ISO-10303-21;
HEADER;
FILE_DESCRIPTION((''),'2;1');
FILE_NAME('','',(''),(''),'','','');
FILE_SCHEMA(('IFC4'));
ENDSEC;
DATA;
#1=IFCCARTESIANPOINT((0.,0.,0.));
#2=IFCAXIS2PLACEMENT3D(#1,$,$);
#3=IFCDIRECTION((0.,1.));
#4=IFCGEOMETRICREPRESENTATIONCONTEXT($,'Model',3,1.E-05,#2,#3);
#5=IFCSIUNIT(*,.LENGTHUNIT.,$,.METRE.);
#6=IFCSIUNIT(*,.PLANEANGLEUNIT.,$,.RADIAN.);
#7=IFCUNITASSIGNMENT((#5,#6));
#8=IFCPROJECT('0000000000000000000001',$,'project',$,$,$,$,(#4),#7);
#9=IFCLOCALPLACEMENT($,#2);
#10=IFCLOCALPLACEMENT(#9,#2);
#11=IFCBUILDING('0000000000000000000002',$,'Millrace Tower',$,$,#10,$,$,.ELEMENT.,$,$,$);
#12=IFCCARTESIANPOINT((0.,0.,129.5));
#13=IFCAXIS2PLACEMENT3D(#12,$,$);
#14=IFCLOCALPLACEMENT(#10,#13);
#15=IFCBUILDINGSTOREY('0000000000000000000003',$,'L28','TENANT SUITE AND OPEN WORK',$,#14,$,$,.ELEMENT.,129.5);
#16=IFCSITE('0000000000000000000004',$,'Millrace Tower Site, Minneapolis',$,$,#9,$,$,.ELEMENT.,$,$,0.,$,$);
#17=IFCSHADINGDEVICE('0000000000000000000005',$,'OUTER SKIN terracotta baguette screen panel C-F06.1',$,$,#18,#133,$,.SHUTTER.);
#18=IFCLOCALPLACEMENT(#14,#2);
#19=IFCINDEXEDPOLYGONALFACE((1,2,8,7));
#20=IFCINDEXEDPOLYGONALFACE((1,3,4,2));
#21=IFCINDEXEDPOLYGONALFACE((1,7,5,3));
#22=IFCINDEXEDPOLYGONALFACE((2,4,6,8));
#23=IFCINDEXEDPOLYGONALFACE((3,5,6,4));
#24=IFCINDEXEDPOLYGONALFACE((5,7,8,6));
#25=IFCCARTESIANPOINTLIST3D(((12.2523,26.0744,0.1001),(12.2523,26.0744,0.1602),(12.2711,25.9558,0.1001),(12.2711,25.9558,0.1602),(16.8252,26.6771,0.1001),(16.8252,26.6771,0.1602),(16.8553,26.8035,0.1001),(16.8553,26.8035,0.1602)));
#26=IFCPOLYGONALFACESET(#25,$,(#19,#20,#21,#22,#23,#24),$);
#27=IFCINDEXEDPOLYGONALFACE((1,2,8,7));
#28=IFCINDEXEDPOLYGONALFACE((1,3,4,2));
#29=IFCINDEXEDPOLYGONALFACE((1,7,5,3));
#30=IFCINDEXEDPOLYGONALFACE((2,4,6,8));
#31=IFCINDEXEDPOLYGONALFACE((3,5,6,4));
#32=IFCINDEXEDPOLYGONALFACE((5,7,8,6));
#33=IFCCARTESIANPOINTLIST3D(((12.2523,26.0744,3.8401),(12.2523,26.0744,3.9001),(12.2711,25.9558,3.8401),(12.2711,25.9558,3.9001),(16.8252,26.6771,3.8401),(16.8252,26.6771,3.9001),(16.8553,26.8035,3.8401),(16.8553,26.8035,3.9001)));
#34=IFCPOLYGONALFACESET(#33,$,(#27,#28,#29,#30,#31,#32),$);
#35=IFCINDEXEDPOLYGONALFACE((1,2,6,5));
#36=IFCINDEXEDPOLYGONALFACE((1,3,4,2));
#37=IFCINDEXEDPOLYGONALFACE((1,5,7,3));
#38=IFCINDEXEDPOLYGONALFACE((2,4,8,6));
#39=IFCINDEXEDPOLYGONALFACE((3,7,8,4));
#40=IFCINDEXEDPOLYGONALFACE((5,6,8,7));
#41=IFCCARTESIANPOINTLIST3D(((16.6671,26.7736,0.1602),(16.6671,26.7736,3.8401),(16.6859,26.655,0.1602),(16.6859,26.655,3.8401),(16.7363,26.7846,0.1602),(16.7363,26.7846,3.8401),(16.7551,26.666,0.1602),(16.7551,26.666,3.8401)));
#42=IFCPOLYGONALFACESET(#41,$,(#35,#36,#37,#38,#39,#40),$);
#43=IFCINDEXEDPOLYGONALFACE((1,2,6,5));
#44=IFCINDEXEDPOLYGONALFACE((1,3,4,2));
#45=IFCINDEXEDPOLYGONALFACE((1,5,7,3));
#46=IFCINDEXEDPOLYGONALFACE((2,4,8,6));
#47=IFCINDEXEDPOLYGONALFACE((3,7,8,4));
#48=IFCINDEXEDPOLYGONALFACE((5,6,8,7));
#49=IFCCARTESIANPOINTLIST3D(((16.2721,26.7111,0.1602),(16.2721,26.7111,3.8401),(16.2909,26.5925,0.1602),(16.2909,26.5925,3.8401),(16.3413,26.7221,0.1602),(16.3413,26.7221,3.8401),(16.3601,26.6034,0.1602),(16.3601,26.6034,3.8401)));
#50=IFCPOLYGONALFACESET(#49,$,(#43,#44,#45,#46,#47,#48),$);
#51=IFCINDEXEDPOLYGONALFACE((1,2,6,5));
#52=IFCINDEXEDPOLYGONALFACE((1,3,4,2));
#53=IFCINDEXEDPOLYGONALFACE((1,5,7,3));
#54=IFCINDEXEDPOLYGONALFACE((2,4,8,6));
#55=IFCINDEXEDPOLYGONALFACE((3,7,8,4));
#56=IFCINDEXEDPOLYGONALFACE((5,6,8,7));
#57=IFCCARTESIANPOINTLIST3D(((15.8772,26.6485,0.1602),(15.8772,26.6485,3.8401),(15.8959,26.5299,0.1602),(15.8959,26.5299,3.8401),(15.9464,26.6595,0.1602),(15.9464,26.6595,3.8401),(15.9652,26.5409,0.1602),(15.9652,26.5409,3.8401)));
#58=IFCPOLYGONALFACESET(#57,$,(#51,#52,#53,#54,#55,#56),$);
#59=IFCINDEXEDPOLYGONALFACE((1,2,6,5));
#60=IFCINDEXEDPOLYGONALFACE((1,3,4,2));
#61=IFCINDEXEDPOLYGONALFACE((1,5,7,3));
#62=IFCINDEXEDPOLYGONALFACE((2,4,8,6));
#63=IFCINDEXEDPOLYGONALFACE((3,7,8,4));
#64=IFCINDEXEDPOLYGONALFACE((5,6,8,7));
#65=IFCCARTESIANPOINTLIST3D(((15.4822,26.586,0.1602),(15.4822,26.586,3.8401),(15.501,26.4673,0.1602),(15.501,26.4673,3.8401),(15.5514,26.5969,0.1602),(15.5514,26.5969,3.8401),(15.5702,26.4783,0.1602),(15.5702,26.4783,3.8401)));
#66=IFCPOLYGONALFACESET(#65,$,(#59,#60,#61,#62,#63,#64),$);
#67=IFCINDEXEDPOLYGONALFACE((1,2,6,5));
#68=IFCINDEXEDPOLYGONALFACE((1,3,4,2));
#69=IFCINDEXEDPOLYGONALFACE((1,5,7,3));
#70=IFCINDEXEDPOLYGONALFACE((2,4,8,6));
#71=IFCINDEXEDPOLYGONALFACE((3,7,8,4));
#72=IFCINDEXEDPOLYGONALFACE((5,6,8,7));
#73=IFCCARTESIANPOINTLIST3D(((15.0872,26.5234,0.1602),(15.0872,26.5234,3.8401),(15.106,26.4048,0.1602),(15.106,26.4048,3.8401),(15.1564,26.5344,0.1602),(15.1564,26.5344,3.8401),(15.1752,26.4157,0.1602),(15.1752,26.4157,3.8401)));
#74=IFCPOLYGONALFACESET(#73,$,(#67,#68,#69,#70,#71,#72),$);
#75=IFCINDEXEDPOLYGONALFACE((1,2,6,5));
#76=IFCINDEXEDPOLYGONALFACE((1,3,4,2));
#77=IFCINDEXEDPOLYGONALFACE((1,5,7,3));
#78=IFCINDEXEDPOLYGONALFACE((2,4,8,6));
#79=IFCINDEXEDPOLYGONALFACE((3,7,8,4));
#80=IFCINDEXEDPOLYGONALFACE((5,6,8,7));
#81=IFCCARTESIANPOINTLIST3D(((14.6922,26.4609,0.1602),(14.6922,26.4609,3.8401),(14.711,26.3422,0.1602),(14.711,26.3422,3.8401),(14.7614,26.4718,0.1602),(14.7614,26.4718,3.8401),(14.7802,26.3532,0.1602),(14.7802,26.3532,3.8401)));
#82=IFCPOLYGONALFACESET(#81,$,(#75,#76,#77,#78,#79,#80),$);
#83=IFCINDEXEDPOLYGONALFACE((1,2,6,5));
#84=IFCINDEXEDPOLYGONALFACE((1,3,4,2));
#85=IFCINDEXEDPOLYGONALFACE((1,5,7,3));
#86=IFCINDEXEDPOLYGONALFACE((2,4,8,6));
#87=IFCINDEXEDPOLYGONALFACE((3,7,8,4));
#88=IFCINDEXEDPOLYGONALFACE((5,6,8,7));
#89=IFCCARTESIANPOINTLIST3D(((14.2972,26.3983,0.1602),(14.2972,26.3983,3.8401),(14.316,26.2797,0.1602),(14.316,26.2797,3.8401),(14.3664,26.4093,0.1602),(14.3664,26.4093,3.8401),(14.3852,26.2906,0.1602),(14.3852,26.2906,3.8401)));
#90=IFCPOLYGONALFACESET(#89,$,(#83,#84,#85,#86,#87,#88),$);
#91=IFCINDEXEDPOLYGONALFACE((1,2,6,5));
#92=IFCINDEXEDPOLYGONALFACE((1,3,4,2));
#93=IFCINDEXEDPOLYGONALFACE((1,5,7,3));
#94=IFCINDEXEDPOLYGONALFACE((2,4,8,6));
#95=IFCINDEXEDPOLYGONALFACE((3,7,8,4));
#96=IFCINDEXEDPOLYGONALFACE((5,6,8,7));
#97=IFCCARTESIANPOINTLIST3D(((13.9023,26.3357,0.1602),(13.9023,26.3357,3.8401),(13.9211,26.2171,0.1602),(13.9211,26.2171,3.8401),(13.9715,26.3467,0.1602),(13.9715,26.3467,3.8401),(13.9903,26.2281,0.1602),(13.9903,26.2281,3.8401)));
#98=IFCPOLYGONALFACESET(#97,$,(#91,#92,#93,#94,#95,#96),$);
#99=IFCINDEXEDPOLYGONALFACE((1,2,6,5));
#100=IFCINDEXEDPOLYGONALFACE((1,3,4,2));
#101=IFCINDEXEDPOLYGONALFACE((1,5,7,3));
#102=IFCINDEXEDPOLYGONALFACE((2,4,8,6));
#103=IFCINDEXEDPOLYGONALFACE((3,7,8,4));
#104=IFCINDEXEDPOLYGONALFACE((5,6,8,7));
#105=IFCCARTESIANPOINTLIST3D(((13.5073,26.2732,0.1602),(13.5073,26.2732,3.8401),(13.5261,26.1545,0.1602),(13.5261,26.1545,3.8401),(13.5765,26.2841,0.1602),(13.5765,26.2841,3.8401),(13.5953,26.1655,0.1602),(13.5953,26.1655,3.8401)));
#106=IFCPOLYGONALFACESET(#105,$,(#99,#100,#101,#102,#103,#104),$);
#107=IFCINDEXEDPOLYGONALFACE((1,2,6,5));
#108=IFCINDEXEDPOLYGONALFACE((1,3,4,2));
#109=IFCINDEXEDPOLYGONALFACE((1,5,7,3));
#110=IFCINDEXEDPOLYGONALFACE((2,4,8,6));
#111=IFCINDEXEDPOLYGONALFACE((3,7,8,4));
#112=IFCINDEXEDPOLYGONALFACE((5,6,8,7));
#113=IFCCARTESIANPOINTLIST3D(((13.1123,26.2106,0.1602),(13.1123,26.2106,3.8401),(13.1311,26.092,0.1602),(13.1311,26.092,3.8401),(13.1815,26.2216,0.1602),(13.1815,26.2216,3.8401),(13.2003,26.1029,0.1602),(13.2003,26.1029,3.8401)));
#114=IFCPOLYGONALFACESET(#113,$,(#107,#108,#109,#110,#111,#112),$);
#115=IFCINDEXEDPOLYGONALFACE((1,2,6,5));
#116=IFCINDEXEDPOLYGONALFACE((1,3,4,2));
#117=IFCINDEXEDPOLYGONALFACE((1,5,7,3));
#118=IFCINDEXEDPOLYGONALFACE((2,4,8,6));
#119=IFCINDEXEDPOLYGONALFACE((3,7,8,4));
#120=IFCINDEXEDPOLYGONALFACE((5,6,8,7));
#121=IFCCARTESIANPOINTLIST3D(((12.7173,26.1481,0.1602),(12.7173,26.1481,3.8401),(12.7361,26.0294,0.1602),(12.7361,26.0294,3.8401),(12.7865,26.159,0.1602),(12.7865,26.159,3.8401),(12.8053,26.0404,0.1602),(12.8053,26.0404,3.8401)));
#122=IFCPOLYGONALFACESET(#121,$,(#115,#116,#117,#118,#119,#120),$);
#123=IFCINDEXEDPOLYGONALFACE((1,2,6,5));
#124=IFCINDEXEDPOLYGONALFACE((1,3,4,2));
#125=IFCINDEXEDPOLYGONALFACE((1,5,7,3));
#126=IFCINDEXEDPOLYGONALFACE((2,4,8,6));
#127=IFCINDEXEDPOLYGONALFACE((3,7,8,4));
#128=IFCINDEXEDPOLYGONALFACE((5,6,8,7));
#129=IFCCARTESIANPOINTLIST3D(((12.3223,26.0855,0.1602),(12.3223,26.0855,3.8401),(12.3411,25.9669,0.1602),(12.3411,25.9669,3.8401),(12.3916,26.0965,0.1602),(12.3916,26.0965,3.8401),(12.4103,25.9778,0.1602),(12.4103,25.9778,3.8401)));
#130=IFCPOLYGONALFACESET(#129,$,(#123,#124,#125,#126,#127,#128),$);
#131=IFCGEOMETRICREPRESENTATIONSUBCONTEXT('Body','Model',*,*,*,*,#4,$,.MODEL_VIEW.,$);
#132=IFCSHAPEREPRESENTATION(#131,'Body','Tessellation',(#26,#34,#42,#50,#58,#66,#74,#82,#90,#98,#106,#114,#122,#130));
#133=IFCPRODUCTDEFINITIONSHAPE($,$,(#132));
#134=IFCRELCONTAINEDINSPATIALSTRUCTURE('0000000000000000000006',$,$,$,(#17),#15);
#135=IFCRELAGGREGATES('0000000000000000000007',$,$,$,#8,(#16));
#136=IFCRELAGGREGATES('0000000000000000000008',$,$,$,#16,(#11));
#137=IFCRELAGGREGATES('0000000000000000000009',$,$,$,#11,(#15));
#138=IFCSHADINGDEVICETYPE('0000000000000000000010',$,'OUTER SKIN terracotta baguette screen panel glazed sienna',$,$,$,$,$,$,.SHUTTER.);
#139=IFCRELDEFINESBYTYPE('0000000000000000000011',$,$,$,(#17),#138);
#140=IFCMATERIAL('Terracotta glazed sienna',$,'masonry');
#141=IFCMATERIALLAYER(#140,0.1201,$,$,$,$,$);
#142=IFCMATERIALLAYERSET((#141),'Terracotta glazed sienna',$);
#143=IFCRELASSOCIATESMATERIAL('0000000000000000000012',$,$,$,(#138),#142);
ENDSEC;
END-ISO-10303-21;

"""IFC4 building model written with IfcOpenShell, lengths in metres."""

from ifc_helpers import new_model, entity, si_unit, direction, frame, frame_2d, origin, place, context, subcontext, project, spatial, rectangle, extrude, source, transform, mapped, material, layer, layer_set, type_object, element, save


model = new_model("IFC4")

# Units and contexts
model_context = context("Model", 3, precision=1e-05, world=origin(), true_north=direction((0.0, 1.0)))
body_context = subcontext(model_context, "Body", "Model", "MODEL_VIEW")
ifc_project = project(units=[si_unit("LENGTHUNIT", "METRE"), si_unit("PLANEANGLEUNIT", "RADIAN")], contexts=[model_context])

# Site, building, storey
site_placement = place(None, origin())
site = spatial("IfcSite", under=ifc_project, at=site_placement, Name="Millrace Tower Site, Minneapolis", CompositionType="ELEMENT", RefElevation=0.0)
building_placement = place(site_placement, origin())
building = spatial("IfcBuilding", under=site, at=building_placement, Name="Millrace Tower", CompositionType="ELEMENT")
storey_placement = place(building_placement, frame((0.0, 0.0, 129.5)))
storey = spatial("IfcBuildingStorey", under=building, at=storey_placement, Name="L28", Description="TENANT SUITE AND OPEN WORK", CompositionType="ELEMENT", Elevation=129.5)

# Shading device
ifc_material_1 = material(Name="Terracotta glazed sienna", Category="masonry")
ifc_layer_1 = layer(ifc_material_1, 0.1201)
ifc_layer_set_1 = layer_set([ifc_layer_1], Name="Terracotta glazed sienna")
shading_device_type = type_object("IfcShadingDeviceType", Name="OUTER SKIN terracotta baguette screen panel glazed sienna", PredefinedType="SHUTTER", material=ifc_layer_set_1)
cartesian_point_1 = entity("IfcCartesianPoint", [-2.293, 0.0601])
shared_polyline_1 = entity("IfcPolyline", [cartesian_point_1, entity("IfcCartesianPoint", [2.3179, 0.0601]), entity("IfcCartesianPoint", [2.3179, -0.0601]), entity("IfcCartesianPoint", [-2.3425, -0.0601]), cartesian_point_1])
shared_shape_1 = source(origin(), body_context, "Body", "SweptSolid", [
    entity("IfcExtrudedAreaSolid", entity("IfcArbitraryClosedProfileDef", "AREA", None, shared_polyline_1), entity("IfcAxis2Placement3D", entity("IfcCartesianPoint", [0.0, 0.0, 0.0])), entity("IfcDirection", [0.0, 0.0, 1.0]), 0.0601),
    entity("IfcExtrudedAreaSolid", entity("IfcArbitraryClosedProfileDef", "AREA", None, shared_polyline_1), entity("IfcAxis2Placement3D", entity("IfcCartesianPoint", [0.0, 0.0, 3.74])), entity("IfcDirection", [0.0, 0.0, 1.0]), 0.0601),
    extrude(rectangle(XDim=0.0701, YDim=0.1201, at=frame_2d((-2.187, 0.0))), frame((0.0, 0.0, 0.0601)), (0.0, 0.0, 1.0), 3.6799),
    extrude(rectangle(XDim=0.0701, YDim=0.1201, at=frame_2d((-1.7871, 0.0))), frame((0.0, 0.0, 0.0601)), (0.0, 0.0, 1.0), 3.6799),
    extrude(rectangle(XDim=0.0701, YDim=0.1201, at=frame_2d((-1.3872, 0.0))), frame((0.0, 0.0, 0.0601)), (0.0, 0.0, 1.0), 3.6799),
    extrude(rectangle(XDim=0.0701, YDim=0.1201, at=frame_2d((-0.9873, 0.0))), frame((0.0, 0.0, 0.0601)), (0.0, 0.0, 1.0), 3.6799),
    extrude(rectangle(XDim=0.0701, YDim=0.1201, at=frame_2d((-0.5874, 0.0))), frame((0.0, 0.0, 0.0601)), (0.0, 0.0, 1.0), 3.6799),
    extrude(rectangle(XDim=0.0701, YDim=0.1201, at=frame_2d((-0.1875, 0.0))), frame((0.0, 0.0, 0.0601)), (0.0, 0.0, 1.0), 3.6799),
    extrude(rectangle(XDim=0.0701, YDim=0.1201, at=frame_2d((0.2124, 0.0))), frame((0.0, 0.0, 0.0601)), (0.0, 0.0, 1.0), 3.6799),
    extrude(rectangle(XDim=0.0701, YDim=0.1201, at=frame_2d((0.6123, 0.0))), frame((0.0, 0.0, 0.0601)), (0.0, 0.0, 1.0), 3.6799),
    extrude(rectangle(XDim=0.0701, YDim=0.1201, at=frame_2d((1.0122, 0.0))), frame((0.0, 0.0, 0.0601)), (0.0, 0.0, 1.0), 3.6799),
    extrude(rectangle(XDim=0.0701, YDim=0.1201, at=frame_2d((1.4121, 0.0))), frame((0.0, 0.0, 0.0601)), (0.0, 0.0, 1.0), 3.6799),
    extrude(rectangle(XDim=0.0701, YDim=0.1201, at=frame_2d((1.812, 0.0))), frame((0.0, 0.0, 0.0601)), (0.0, 0.0, 1.0), 3.6799),
    extrude(rectangle(XDim=0.0701, YDim=0.1201, at=frame_2d((2.2119, 0.0))), frame((0.0, 0.0, 0.0601)), (0.0, 0.0, 1.0), 3.6799),
])
shading_device_placement = place(storey_placement, frame((14.551, 26.3777, 0.1001), z_axis=(0.0, 0.0, 1.0), x_axis=(-0.987688, -0.156434, 0.0)))
element("IfcShadingDevice", 1, at=shading_device_placement, inside=storey, type_object=shading_device_type, Name="OUTER SKIN terracotta baguette screen panel C-F06.1", PredefinedType="SHUTTER", context=body_context, shape_type="MappedRepresentation", body=[
    mapped(shared_shape_1, transform((0.0, 0.0, 0.0), scale=1.0)),
])

save(model, "model.ifc")
